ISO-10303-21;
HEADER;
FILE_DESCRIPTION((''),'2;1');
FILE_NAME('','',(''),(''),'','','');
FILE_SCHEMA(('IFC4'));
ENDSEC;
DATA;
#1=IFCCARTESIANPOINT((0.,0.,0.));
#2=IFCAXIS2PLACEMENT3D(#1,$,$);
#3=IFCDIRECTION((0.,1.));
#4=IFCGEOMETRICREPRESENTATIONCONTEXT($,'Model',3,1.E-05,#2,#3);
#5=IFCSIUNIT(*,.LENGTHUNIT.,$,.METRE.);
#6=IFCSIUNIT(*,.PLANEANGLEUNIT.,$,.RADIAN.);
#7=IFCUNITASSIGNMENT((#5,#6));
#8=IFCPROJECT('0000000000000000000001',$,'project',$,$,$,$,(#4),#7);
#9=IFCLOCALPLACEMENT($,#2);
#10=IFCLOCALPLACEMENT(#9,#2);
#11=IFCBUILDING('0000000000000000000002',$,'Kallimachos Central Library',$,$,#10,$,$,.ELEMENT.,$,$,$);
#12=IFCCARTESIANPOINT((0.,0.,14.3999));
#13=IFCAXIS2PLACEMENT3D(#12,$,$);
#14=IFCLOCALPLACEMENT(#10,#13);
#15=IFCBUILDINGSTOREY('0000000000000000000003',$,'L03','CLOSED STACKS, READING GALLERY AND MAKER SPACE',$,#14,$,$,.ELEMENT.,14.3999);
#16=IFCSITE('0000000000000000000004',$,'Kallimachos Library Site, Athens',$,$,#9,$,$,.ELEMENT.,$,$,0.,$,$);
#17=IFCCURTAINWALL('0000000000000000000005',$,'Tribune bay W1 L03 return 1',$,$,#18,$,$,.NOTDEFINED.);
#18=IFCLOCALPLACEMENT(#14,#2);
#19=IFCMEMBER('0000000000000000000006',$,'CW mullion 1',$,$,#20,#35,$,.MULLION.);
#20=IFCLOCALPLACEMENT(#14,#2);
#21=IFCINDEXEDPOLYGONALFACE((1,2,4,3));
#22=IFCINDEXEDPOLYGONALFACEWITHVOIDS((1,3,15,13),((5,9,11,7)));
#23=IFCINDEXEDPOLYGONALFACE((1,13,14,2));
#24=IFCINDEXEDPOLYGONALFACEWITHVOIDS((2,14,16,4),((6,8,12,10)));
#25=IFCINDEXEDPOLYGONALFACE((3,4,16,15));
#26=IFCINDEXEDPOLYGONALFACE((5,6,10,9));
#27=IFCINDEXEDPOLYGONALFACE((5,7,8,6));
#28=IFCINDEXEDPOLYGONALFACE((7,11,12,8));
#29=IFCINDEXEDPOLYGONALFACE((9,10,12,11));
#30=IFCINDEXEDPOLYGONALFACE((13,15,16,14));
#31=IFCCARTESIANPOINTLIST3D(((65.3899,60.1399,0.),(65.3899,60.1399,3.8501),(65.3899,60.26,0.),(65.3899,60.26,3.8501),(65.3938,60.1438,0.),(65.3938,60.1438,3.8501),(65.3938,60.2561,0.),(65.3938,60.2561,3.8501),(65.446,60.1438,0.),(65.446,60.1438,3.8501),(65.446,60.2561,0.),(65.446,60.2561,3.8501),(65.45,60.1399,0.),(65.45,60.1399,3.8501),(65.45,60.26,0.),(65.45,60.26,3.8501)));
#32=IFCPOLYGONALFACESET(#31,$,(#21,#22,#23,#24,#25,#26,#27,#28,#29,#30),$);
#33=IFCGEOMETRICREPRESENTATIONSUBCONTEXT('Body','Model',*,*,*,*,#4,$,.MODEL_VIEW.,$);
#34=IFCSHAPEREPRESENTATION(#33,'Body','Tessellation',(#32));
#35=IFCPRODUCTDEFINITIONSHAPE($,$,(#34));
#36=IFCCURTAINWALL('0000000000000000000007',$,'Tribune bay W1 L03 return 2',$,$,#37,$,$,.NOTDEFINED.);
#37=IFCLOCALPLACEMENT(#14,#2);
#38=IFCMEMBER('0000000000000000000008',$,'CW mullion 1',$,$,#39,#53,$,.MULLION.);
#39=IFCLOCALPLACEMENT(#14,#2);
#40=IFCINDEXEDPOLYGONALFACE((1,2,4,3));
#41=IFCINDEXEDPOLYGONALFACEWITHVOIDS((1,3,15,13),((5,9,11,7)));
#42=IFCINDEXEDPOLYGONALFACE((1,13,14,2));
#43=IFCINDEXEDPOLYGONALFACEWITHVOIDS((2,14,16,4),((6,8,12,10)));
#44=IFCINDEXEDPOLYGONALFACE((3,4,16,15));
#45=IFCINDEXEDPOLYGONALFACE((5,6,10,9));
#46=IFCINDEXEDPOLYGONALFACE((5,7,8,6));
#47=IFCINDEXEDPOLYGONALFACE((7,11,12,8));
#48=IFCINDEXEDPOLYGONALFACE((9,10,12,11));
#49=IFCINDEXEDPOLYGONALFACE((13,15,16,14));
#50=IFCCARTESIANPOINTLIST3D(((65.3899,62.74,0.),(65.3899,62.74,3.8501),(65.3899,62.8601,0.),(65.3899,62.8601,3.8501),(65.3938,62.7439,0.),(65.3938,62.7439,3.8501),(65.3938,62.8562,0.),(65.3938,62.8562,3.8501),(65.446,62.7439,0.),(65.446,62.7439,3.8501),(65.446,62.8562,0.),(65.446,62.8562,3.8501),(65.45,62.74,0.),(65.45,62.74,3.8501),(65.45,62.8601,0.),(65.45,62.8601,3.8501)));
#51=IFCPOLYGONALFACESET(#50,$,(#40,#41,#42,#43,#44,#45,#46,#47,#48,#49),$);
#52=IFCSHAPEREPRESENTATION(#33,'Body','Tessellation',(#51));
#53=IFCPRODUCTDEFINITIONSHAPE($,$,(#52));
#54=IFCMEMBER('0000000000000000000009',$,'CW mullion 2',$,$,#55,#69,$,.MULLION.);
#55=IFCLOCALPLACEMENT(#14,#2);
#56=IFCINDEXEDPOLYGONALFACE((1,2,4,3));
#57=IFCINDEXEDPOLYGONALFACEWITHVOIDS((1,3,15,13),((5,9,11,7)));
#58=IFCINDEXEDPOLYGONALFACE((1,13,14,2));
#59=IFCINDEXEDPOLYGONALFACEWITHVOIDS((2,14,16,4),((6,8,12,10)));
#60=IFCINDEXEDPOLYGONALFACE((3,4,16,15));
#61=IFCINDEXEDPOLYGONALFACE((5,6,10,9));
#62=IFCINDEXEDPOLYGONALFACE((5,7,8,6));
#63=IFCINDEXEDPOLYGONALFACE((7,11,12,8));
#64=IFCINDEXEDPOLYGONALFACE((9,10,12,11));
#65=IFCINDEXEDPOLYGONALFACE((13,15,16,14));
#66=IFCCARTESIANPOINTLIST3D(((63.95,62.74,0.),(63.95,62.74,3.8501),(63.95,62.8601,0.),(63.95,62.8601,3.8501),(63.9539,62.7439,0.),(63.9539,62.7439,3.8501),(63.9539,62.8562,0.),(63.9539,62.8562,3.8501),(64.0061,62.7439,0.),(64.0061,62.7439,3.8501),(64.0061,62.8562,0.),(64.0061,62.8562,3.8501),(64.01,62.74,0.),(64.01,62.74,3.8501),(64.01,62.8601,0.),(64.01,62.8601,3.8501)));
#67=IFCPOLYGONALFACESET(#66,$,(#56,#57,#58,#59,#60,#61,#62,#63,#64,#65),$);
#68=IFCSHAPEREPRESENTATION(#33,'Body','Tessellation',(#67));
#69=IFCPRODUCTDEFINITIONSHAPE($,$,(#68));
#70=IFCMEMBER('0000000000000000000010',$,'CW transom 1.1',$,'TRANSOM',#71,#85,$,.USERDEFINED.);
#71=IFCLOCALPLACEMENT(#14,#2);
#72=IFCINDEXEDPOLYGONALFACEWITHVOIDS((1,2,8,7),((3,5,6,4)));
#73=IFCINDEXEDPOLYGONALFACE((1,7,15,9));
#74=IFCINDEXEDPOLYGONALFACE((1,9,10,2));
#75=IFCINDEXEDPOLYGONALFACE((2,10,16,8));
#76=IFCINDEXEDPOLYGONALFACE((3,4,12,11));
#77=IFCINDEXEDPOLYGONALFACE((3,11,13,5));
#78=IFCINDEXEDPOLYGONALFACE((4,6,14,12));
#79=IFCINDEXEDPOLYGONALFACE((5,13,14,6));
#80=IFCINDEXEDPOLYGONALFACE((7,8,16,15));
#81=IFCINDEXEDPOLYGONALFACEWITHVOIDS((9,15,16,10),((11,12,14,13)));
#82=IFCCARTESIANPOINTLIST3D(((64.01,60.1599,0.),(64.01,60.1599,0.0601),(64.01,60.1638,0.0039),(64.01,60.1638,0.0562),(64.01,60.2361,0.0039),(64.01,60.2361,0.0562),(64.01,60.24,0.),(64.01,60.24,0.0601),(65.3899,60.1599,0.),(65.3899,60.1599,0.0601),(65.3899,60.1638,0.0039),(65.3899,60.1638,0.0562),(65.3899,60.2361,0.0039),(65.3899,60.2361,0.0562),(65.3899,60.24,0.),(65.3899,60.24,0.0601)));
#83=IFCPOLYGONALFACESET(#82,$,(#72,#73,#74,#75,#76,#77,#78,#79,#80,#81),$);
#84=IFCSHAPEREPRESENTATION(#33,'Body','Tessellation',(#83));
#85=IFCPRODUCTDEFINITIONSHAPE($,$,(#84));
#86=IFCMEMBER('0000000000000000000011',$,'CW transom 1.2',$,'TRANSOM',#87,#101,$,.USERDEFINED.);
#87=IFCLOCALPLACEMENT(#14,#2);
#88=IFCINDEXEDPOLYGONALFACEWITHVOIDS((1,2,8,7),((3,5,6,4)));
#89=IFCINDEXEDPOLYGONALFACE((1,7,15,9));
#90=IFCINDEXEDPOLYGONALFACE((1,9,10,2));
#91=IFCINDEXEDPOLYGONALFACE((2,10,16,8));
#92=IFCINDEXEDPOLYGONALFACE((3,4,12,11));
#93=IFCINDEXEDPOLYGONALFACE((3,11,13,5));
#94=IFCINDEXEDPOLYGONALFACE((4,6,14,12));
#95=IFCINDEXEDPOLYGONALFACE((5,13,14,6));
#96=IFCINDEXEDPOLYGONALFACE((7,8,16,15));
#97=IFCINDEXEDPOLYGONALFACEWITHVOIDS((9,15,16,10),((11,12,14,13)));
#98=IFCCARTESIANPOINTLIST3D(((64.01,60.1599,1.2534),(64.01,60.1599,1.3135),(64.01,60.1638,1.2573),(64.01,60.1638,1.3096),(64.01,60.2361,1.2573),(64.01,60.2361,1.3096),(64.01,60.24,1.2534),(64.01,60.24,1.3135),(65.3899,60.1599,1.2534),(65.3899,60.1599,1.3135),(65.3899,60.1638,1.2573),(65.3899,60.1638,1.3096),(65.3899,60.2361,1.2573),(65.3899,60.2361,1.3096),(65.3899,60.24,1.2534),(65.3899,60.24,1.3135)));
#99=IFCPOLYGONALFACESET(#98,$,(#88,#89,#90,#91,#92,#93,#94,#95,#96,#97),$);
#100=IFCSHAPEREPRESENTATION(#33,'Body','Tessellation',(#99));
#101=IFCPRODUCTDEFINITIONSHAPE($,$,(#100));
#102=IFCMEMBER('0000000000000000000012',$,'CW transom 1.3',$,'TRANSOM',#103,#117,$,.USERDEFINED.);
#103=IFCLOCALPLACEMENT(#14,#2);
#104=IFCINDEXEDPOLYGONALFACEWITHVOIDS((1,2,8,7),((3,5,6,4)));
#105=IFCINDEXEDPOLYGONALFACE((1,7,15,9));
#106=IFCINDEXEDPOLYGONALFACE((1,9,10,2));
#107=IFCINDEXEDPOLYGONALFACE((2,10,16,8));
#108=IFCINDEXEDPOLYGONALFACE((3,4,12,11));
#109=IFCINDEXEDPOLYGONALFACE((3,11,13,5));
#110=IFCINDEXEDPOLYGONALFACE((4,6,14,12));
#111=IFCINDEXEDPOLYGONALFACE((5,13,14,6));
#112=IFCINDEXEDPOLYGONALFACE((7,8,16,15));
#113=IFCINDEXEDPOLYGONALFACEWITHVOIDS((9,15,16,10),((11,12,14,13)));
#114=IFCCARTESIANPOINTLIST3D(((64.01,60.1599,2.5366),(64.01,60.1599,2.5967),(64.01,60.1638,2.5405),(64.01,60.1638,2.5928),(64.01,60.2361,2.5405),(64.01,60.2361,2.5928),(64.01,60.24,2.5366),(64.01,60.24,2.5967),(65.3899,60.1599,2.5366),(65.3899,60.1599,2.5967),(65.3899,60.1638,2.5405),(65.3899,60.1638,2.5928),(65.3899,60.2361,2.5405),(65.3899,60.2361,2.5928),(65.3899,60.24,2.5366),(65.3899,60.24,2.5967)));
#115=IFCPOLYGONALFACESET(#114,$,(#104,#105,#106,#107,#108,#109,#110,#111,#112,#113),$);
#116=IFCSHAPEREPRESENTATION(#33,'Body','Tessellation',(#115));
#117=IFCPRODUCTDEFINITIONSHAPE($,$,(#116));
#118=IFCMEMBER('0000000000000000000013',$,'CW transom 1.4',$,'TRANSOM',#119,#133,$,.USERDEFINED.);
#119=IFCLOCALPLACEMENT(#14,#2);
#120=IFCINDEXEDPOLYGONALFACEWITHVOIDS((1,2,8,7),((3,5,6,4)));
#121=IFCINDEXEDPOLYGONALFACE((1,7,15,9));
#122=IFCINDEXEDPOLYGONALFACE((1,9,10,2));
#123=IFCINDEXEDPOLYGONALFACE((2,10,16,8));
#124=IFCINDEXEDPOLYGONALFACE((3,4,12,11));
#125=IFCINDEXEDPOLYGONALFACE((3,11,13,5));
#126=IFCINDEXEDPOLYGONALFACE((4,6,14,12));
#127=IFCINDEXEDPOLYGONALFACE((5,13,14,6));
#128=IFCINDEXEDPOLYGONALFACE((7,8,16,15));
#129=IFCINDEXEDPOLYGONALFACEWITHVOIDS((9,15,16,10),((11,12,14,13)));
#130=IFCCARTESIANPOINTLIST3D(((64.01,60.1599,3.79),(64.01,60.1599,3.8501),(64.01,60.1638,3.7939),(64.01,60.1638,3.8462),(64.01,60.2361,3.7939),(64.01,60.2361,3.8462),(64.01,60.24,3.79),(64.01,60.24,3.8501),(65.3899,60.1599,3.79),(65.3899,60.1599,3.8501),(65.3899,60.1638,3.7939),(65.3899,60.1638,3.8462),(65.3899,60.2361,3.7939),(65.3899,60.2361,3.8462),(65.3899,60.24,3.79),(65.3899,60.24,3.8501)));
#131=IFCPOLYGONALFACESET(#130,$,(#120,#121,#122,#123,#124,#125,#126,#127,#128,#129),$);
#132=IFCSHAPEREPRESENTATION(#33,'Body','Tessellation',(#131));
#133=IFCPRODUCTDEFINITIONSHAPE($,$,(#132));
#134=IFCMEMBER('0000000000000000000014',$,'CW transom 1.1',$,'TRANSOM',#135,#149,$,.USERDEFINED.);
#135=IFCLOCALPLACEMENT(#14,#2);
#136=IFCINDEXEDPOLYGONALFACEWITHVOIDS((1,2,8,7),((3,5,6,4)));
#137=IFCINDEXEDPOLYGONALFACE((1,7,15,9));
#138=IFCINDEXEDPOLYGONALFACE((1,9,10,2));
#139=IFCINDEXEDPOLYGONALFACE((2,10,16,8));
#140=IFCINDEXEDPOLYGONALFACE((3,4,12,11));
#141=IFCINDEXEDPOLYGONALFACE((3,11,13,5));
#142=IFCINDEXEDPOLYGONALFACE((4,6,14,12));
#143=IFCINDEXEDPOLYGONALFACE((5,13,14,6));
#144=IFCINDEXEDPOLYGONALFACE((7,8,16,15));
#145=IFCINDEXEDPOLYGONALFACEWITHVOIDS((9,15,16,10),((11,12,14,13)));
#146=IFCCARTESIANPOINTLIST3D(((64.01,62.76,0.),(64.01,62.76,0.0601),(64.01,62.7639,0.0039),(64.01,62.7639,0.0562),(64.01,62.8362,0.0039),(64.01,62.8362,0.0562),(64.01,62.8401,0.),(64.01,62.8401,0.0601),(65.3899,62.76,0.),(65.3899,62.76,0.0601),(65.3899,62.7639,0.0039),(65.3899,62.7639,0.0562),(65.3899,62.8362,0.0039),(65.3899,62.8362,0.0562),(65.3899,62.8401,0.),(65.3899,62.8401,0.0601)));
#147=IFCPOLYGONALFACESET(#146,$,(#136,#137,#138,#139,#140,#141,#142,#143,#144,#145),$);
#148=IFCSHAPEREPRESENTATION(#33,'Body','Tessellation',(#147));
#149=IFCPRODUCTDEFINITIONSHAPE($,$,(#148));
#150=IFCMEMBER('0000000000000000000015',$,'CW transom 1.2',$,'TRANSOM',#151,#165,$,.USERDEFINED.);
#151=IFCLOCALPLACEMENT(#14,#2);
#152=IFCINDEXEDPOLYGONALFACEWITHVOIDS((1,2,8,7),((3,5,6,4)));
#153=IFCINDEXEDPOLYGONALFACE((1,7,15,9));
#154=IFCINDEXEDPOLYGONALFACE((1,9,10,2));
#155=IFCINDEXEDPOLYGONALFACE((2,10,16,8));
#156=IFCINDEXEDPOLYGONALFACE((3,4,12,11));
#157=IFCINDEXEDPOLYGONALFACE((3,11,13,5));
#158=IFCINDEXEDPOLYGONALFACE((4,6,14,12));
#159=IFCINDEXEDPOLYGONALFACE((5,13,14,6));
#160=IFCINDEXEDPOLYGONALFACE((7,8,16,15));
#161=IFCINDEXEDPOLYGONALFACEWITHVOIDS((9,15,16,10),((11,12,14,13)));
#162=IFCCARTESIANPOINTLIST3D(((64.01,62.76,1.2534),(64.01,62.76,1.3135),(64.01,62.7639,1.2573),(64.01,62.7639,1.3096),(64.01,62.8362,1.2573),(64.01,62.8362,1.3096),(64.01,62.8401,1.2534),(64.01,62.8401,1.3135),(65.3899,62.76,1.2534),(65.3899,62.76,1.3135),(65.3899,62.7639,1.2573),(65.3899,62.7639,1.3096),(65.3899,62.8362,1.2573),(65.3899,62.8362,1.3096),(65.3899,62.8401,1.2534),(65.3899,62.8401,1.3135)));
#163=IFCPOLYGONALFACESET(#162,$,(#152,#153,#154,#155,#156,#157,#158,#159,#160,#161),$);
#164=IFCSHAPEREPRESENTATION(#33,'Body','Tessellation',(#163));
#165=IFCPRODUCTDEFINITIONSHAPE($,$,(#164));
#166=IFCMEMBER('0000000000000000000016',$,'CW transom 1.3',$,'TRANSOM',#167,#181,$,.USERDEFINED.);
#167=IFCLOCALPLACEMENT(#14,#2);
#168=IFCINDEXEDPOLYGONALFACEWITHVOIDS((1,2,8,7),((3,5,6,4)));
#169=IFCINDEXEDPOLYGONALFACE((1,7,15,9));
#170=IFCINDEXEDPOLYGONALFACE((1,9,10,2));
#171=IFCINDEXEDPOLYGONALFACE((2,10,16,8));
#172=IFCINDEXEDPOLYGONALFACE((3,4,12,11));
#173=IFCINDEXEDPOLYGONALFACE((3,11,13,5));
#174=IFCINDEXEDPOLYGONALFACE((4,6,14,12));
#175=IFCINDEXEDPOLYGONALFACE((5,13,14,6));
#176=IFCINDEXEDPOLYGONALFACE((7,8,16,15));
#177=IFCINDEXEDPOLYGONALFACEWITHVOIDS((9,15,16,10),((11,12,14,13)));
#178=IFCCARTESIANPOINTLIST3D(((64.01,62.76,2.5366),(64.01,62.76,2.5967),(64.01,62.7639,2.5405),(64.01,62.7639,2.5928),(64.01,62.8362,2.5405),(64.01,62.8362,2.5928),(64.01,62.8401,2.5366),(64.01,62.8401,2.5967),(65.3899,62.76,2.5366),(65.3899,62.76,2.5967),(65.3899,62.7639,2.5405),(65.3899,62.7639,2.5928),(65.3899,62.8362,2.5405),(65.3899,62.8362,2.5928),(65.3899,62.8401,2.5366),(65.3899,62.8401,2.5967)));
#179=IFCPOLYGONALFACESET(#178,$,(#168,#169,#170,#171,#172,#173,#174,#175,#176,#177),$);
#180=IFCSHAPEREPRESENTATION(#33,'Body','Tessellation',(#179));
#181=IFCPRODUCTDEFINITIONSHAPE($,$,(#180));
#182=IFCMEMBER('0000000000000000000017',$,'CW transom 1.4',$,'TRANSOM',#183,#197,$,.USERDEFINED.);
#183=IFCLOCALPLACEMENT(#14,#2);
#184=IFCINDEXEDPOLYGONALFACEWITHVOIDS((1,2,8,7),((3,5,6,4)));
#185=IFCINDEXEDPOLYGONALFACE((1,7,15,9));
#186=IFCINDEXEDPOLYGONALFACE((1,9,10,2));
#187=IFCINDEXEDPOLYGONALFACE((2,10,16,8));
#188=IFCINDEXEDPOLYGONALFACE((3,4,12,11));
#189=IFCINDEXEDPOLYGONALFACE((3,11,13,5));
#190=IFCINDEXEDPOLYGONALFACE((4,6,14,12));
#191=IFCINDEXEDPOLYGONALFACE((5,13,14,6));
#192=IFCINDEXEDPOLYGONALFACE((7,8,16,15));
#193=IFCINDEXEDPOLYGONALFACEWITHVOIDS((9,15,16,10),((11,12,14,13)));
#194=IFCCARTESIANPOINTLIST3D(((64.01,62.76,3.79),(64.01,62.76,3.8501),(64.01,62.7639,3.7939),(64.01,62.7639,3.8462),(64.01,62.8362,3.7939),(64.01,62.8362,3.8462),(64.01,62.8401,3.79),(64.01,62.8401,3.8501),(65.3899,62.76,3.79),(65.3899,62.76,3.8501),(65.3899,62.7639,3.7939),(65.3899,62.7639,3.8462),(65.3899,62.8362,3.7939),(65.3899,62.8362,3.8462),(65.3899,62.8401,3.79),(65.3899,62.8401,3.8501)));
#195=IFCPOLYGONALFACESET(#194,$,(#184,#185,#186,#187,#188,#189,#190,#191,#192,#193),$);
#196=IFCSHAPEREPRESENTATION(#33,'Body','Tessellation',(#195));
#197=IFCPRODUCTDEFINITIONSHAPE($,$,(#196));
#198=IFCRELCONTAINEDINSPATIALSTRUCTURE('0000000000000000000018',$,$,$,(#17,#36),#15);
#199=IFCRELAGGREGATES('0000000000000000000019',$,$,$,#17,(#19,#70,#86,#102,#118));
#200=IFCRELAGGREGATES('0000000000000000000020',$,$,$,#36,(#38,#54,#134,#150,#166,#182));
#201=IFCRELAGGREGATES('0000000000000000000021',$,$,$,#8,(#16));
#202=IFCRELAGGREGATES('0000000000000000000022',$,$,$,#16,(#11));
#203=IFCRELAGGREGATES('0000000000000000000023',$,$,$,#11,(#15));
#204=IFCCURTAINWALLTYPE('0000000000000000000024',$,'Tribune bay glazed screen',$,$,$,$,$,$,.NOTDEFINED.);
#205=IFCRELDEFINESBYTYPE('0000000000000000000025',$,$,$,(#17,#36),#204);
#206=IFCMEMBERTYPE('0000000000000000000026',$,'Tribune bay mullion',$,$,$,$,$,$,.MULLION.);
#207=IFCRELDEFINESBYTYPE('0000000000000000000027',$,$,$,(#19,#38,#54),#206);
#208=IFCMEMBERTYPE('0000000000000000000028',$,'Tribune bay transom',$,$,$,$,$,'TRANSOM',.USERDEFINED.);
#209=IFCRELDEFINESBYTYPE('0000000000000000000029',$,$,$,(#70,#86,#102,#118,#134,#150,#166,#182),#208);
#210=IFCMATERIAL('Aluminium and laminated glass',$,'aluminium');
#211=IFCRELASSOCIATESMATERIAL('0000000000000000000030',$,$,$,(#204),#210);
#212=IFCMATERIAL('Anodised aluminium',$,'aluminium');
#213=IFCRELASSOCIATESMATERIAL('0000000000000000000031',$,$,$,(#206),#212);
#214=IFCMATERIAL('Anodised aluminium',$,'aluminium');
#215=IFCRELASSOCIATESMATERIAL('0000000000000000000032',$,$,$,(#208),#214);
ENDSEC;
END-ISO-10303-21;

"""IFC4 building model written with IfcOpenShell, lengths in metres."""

from ifc_helpers import new_model, si_unit, direction, frame, origin, origin_2d, place, context, subcontext, project, spatial, hollow_rectangle, extrude, material, material_profile, profile_set, type_object, element, aggregate, save


model = new_model("IFC4")

# Units and contexts
model_context = context("Model", 3, precision=1e-05, world=origin(), true_north=direction((0.0, 1.0)))
body_context = subcontext(model_context, "Body", "Model", "MODEL_VIEW")
ifc_project = project(units=[si_unit("LENGTHUNIT", "METRE"), si_unit("PLANEANGLEUNIT", "RADIAN")], contexts=[model_context])

# Site, building, storey
site_placement = place(None, origin())
site = spatial("IfcSite", under=ifc_project, at=site_placement, Name="Kallimachos Library Site, Athens", CompositionType="ELEMENT", RefElevation=0.0)
building_placement = place(site_placement, origin())
building = spatial("IfcBuilding", under=site, at=building_placement, Name="Kallimachos Central Library", CompositionType="ELEMENT")
storey_placement = place(building_placement, frame((0.0, 0.0, 14.3999)))
storey = spatial("IfcBuildingStorey", under=building, at=storey_placement, Name="L03", Description="CLOSED STACKS, READING GALLERY AND MAKER SPACE", CompositionType="ELEMENT", Elevation=14.3999)

# Curtain wall, member
ifc_material_1 = material(Name="Aluminium and laminated glass", Category="aluminium")
curtain_wall_type_1 = type_object("IfcCurtainWallType", Name="Tribune bay glazed screen", PredefinedType="NOTDEFINED", material=ifc_material_1)
curtain_wall_1_placement = place(storey_placement, origin())
curtain_wall_1 = element("IfcCurtainWall", 1, at=curtain_wall_1_placement, inside=storey, type_object=curtain_wall_type_1, Name="Tribune bay W1 L03 return 1", PredefinedType="NOTDEFINED")
ifc_material_2 = material(Name="Anodised aluminium", Category="aluminium")
ifc_material_profile_1 = material_profile(ifc_material_2, hollow_rectangle(XDim=0.0601, YDim=0.1201, WallThickness=0.0039, at=origin_2d()), Name="ALU MULLION 60x120")
ifc_profile_set_1 = profile_set([ifc_material_profile_1], Name="Anodised aluminium")
member_type_1 = type_object("IfcMemberType", Name="Tribune bay mullion", PredefinedType="MULLION", material=ifc_profile_set_1)
member_1_placement = place(storey_placement, frame((65.4199, 60.2, 0.0), z_axis=(0.0, 0.0, 1.0), x_axis=(-1.0, 0.0, 0.0)))
member_1 = element("IfcMember", 2, at=member_1_placement, type_object=member_type_1, Name="CW mullion 1", PredefinedType="MULLION", context=body_context, shape_type="SweptSolid", body=[
    extrude(hollow_rectangle(XDim=0.0601, YDim=0.1201, WallThickness=0.0039, at=origin_2d()), origin(), (0.0, 0.0, 1.0), 3.8501),
])

# Curtain wall, members
curtain_wall_2_placement = place(storey_placement, origin())
curtain_wall_2 = element("IfcCurtainWall", 3, at=curtain_wall_2_placement, inside=storey, type_object=curtain_wall_type_1, Name="Tribune bay W1 L03 return 2", PredefinedType="NOTDEFINED")
member_2_placement = place(storey_placement, frame((65.4199, 62.8, 0.0), z_axis=(0.0, 0.0, 1.0), x_axis=(-1.0, 0.0, 0.0)))
member_2 = element("IfcMember", 4, at=member_2_placement, type_object=member_type_1, Name="CW mullion 1", PredefinedType="MULLION", context=body_context, shape_type="SweptSolid", body=[
    extrude(hollow_rectangle(XDim=0.0601, YDim=0.1201, WallThickness=0.0039, at=origin_2d()), origin(), (0.0, 0.0, 1.0), 3.8501),
])
member_3_placement = place(storey_placement, frame((63.98, 62.8, 0.0), z_axis=(0.0, 0.0, 1.0), x_axis=(-1.0, 0.0, 0.0)))
member_3 = element("IfcMember", 5, at=member_3_placement, type_object=member_type_1, Name="CW mullion 2", PredefinedType="MULLION", context=body_context, shape_type="SweptSolid", body=[
    extrude(hollow_rectangle(XDim=0.0601, YDim=0.1201, WallThickness=0.0039, at=origin_2d()), origin(), (0.0, 0.0, 1.0), 3.8501),
])

# Members
ifc_material_3 = material(Name="Anodised aluminium", Category="aluminium")
ifc_material_profile_2 = material_profile(ifc_material_3, hollow_rectangle(XDim=0.0601, YDim=0.0801, WallThickness=0.0039, at=origin_2d()), Name="ALU TRANSOM 60x80")
ifc_profile_set_2 = profile_set([ifc_material_profile_2], Name="Anodised aluminium")
member_type_2 = type_object("IfcMemberType", Name="Tribune bay transom", ElementType="TRANSOM", PredefinedType="USERDEFINED", material=ifc_profile_set_2)
member_4_placement = place(storey_placement, frame((65.3899, 60.2, 0.03), z_axis=(-1.0, 0.0, 0.0), x_axis=(0.0, 0.0, 1.0)))
member_4 = element("IfcMember", 6, at=member_4_placement, type_object=member_type_2, Name="CW transom 1.1", ObjectType="TRANSOM", PredefinedType="USERDEFINED", context=body_context, shape_type="SweptSolid", body=[
    extrude(hollow_rectangle(XDim=0.0601, YDim=0.0801, WallThickness=0.0039, at=origin_2d()), origin(), (0.0, 0.0, 1.0), 1.3799),
])
member_5_placement = place(storey_placement, frame((65.3899, 60.2, 1.2834), z_axis=(-1.0, 0.0, 0.0), x_axis=(0.0, 0.0, 1.0)))
member_5 = element("IfcMember", 7, at=member_5_placement, type_object=member_type_2, Name="CW transom 1.2", ObjectType="TRANSOM", PredefinedType="USERDEFINED", context=body_context, shape_type="SweptSolid", body=[
    extrude(hollow_rectangle(XDim=0.0601, YDim=0.0801, WallThickness=0.0039, at=origin_2d()), origin(), (0.0, 0.0, 1.0), 1.3799),
])
member_6_placement = place(storey_placement, frame((65.3899, 60.2, 2.5667), z_axis=(-1.0, 0.0, 0.0), x_axis=(0.0, 0.0, 1.0)))
member_6 = element("IfcMember", 8, at=member_6_placement, type_object=member_type_2, Name="CW transom 1.3", ObjectType="TRANSOM", PredefinedType="USERDEFINED", context=body_context, shape_type="SweptSolid", body=[
    extrude(hollow_rectangle(XDim=0.0601, YDim=0.0801, WallThickness=0.0039, at=origin_2d()), origin(), (0.0, 0.0, 1.0), 1.3799),
])
member_7_placement = place(storey_placement, frame((65.3899, 60.2, 3.8201), z_axis=(-1.0, 0.0, 0.0), x_axis=(0.0, 0.0, 1.0)))
member_7 = element("IfcMember", 9, at=member_7_placement, type_object=member_type_2, Name="CW transom 1.4", ObjectType="TRANSOM", PredefinedType="USERDEFINED", context=body_context, shape_type="SweptSolid", body=[
    extrude(hollow_rectangle(XDim=0.0601, YDim=0.0801, WallThickness=0.0039, at=origin_2d()), origin(), (0.0, 0.0, 1.0), 1.3799),
])
member_8_placement = place(storey_placement, frame((65.3899, 62.8, 0.03), z_axis=(-1.0, 0.0, 0.0), x_axis=(0.0, 0.0, 1.0)))
member_8 = element("IfcMember", 10, at=member_8_placement, type_object=member_type_2, Name="CW transom 1.1", ObjectType="TRANSOM", PredefinedType="USERDEFINED", context=body_context, shape_type="SweptSolid", body=[
    extrude(hollow_rectangle(XDim=0.0601, YDim=0.0801, WallThickness=0.0039, at=origin_2d()), origin(), (0.0, 0.0, 1.0), 1.3799),
])
member_9_placement = place(storey_placement, frame((65.3899, 62.8, 1.2834), z_axis=(-1.0, 0.0, 0.0), x_axis=(0.0, 0.0, 1.0)))
member_9 = element("IfcMember", 11, at=member_9_placement, type_object=member_type_2, Name="CW transom 1.2", ObjectType="TRANSOM", PredefinedType="USERDEFINED", context=body_context, shape_type="SweptSolid", body=[
    extrude(hollow_rectangle(XDim=0.0601, YDim=0.0801, WallThickness=0.0039, at=origin_2d()), origin(), (0.0, 0.0, 1.0), 1.3799),
])
member_10_placement = place(storey_placement, frame((65.3899, 62.8, 2.5667), z_axis=(-1.0, 0.0, 0.0), x_axis=(0.0, 0.0, 1.0)))
member_10 = element("IfcMember", 12, at=member_10_placement, type_object=member_type_2, Name="CW transom 1.3", ObjectType="TRANSOM", PredefinedType="USERDEFINED", context=body_context, shape_type="SweptSolid", body=[
    extrude(hollow_rectangle(XDim=0.0601, YDim=0.0801, WallThickness=0.0039, at=origin_2d()), origin(), (0.0, 0.0, 1.0), 1.3799),
])
member_11_placement = place(storey_placement, frame((65.3899, 62.8, 3.8201), z_axis=(-1.0, 0.0, 0.0), x_axis=(0.0, 0.0, 1.0)))
member_11 = element("IfcMember", 13, at=member_11_placement, type_object=member_type_2, Name="CW transom 1.4", ObjectType="TRANSOM", PredefinedType="USERDEFINED", context=body_context, shape_type="SweptSolid", body=[
    extrude(hollow_rectangle(XDim=0.0601, YDim=0.0801, WallThickness=0.0039, at=origin_2d()), origin(), (0.0, 0.0, 1.0), 1.3799),
])

aggregate(curtain_wall_1, [member_1, member_4, member_5, member_6, member_7])
aggregate(curtain_wall_2, [member_2, member_3, member_8, member_9, member_10, member_11])

save(model, "model.ifc")
